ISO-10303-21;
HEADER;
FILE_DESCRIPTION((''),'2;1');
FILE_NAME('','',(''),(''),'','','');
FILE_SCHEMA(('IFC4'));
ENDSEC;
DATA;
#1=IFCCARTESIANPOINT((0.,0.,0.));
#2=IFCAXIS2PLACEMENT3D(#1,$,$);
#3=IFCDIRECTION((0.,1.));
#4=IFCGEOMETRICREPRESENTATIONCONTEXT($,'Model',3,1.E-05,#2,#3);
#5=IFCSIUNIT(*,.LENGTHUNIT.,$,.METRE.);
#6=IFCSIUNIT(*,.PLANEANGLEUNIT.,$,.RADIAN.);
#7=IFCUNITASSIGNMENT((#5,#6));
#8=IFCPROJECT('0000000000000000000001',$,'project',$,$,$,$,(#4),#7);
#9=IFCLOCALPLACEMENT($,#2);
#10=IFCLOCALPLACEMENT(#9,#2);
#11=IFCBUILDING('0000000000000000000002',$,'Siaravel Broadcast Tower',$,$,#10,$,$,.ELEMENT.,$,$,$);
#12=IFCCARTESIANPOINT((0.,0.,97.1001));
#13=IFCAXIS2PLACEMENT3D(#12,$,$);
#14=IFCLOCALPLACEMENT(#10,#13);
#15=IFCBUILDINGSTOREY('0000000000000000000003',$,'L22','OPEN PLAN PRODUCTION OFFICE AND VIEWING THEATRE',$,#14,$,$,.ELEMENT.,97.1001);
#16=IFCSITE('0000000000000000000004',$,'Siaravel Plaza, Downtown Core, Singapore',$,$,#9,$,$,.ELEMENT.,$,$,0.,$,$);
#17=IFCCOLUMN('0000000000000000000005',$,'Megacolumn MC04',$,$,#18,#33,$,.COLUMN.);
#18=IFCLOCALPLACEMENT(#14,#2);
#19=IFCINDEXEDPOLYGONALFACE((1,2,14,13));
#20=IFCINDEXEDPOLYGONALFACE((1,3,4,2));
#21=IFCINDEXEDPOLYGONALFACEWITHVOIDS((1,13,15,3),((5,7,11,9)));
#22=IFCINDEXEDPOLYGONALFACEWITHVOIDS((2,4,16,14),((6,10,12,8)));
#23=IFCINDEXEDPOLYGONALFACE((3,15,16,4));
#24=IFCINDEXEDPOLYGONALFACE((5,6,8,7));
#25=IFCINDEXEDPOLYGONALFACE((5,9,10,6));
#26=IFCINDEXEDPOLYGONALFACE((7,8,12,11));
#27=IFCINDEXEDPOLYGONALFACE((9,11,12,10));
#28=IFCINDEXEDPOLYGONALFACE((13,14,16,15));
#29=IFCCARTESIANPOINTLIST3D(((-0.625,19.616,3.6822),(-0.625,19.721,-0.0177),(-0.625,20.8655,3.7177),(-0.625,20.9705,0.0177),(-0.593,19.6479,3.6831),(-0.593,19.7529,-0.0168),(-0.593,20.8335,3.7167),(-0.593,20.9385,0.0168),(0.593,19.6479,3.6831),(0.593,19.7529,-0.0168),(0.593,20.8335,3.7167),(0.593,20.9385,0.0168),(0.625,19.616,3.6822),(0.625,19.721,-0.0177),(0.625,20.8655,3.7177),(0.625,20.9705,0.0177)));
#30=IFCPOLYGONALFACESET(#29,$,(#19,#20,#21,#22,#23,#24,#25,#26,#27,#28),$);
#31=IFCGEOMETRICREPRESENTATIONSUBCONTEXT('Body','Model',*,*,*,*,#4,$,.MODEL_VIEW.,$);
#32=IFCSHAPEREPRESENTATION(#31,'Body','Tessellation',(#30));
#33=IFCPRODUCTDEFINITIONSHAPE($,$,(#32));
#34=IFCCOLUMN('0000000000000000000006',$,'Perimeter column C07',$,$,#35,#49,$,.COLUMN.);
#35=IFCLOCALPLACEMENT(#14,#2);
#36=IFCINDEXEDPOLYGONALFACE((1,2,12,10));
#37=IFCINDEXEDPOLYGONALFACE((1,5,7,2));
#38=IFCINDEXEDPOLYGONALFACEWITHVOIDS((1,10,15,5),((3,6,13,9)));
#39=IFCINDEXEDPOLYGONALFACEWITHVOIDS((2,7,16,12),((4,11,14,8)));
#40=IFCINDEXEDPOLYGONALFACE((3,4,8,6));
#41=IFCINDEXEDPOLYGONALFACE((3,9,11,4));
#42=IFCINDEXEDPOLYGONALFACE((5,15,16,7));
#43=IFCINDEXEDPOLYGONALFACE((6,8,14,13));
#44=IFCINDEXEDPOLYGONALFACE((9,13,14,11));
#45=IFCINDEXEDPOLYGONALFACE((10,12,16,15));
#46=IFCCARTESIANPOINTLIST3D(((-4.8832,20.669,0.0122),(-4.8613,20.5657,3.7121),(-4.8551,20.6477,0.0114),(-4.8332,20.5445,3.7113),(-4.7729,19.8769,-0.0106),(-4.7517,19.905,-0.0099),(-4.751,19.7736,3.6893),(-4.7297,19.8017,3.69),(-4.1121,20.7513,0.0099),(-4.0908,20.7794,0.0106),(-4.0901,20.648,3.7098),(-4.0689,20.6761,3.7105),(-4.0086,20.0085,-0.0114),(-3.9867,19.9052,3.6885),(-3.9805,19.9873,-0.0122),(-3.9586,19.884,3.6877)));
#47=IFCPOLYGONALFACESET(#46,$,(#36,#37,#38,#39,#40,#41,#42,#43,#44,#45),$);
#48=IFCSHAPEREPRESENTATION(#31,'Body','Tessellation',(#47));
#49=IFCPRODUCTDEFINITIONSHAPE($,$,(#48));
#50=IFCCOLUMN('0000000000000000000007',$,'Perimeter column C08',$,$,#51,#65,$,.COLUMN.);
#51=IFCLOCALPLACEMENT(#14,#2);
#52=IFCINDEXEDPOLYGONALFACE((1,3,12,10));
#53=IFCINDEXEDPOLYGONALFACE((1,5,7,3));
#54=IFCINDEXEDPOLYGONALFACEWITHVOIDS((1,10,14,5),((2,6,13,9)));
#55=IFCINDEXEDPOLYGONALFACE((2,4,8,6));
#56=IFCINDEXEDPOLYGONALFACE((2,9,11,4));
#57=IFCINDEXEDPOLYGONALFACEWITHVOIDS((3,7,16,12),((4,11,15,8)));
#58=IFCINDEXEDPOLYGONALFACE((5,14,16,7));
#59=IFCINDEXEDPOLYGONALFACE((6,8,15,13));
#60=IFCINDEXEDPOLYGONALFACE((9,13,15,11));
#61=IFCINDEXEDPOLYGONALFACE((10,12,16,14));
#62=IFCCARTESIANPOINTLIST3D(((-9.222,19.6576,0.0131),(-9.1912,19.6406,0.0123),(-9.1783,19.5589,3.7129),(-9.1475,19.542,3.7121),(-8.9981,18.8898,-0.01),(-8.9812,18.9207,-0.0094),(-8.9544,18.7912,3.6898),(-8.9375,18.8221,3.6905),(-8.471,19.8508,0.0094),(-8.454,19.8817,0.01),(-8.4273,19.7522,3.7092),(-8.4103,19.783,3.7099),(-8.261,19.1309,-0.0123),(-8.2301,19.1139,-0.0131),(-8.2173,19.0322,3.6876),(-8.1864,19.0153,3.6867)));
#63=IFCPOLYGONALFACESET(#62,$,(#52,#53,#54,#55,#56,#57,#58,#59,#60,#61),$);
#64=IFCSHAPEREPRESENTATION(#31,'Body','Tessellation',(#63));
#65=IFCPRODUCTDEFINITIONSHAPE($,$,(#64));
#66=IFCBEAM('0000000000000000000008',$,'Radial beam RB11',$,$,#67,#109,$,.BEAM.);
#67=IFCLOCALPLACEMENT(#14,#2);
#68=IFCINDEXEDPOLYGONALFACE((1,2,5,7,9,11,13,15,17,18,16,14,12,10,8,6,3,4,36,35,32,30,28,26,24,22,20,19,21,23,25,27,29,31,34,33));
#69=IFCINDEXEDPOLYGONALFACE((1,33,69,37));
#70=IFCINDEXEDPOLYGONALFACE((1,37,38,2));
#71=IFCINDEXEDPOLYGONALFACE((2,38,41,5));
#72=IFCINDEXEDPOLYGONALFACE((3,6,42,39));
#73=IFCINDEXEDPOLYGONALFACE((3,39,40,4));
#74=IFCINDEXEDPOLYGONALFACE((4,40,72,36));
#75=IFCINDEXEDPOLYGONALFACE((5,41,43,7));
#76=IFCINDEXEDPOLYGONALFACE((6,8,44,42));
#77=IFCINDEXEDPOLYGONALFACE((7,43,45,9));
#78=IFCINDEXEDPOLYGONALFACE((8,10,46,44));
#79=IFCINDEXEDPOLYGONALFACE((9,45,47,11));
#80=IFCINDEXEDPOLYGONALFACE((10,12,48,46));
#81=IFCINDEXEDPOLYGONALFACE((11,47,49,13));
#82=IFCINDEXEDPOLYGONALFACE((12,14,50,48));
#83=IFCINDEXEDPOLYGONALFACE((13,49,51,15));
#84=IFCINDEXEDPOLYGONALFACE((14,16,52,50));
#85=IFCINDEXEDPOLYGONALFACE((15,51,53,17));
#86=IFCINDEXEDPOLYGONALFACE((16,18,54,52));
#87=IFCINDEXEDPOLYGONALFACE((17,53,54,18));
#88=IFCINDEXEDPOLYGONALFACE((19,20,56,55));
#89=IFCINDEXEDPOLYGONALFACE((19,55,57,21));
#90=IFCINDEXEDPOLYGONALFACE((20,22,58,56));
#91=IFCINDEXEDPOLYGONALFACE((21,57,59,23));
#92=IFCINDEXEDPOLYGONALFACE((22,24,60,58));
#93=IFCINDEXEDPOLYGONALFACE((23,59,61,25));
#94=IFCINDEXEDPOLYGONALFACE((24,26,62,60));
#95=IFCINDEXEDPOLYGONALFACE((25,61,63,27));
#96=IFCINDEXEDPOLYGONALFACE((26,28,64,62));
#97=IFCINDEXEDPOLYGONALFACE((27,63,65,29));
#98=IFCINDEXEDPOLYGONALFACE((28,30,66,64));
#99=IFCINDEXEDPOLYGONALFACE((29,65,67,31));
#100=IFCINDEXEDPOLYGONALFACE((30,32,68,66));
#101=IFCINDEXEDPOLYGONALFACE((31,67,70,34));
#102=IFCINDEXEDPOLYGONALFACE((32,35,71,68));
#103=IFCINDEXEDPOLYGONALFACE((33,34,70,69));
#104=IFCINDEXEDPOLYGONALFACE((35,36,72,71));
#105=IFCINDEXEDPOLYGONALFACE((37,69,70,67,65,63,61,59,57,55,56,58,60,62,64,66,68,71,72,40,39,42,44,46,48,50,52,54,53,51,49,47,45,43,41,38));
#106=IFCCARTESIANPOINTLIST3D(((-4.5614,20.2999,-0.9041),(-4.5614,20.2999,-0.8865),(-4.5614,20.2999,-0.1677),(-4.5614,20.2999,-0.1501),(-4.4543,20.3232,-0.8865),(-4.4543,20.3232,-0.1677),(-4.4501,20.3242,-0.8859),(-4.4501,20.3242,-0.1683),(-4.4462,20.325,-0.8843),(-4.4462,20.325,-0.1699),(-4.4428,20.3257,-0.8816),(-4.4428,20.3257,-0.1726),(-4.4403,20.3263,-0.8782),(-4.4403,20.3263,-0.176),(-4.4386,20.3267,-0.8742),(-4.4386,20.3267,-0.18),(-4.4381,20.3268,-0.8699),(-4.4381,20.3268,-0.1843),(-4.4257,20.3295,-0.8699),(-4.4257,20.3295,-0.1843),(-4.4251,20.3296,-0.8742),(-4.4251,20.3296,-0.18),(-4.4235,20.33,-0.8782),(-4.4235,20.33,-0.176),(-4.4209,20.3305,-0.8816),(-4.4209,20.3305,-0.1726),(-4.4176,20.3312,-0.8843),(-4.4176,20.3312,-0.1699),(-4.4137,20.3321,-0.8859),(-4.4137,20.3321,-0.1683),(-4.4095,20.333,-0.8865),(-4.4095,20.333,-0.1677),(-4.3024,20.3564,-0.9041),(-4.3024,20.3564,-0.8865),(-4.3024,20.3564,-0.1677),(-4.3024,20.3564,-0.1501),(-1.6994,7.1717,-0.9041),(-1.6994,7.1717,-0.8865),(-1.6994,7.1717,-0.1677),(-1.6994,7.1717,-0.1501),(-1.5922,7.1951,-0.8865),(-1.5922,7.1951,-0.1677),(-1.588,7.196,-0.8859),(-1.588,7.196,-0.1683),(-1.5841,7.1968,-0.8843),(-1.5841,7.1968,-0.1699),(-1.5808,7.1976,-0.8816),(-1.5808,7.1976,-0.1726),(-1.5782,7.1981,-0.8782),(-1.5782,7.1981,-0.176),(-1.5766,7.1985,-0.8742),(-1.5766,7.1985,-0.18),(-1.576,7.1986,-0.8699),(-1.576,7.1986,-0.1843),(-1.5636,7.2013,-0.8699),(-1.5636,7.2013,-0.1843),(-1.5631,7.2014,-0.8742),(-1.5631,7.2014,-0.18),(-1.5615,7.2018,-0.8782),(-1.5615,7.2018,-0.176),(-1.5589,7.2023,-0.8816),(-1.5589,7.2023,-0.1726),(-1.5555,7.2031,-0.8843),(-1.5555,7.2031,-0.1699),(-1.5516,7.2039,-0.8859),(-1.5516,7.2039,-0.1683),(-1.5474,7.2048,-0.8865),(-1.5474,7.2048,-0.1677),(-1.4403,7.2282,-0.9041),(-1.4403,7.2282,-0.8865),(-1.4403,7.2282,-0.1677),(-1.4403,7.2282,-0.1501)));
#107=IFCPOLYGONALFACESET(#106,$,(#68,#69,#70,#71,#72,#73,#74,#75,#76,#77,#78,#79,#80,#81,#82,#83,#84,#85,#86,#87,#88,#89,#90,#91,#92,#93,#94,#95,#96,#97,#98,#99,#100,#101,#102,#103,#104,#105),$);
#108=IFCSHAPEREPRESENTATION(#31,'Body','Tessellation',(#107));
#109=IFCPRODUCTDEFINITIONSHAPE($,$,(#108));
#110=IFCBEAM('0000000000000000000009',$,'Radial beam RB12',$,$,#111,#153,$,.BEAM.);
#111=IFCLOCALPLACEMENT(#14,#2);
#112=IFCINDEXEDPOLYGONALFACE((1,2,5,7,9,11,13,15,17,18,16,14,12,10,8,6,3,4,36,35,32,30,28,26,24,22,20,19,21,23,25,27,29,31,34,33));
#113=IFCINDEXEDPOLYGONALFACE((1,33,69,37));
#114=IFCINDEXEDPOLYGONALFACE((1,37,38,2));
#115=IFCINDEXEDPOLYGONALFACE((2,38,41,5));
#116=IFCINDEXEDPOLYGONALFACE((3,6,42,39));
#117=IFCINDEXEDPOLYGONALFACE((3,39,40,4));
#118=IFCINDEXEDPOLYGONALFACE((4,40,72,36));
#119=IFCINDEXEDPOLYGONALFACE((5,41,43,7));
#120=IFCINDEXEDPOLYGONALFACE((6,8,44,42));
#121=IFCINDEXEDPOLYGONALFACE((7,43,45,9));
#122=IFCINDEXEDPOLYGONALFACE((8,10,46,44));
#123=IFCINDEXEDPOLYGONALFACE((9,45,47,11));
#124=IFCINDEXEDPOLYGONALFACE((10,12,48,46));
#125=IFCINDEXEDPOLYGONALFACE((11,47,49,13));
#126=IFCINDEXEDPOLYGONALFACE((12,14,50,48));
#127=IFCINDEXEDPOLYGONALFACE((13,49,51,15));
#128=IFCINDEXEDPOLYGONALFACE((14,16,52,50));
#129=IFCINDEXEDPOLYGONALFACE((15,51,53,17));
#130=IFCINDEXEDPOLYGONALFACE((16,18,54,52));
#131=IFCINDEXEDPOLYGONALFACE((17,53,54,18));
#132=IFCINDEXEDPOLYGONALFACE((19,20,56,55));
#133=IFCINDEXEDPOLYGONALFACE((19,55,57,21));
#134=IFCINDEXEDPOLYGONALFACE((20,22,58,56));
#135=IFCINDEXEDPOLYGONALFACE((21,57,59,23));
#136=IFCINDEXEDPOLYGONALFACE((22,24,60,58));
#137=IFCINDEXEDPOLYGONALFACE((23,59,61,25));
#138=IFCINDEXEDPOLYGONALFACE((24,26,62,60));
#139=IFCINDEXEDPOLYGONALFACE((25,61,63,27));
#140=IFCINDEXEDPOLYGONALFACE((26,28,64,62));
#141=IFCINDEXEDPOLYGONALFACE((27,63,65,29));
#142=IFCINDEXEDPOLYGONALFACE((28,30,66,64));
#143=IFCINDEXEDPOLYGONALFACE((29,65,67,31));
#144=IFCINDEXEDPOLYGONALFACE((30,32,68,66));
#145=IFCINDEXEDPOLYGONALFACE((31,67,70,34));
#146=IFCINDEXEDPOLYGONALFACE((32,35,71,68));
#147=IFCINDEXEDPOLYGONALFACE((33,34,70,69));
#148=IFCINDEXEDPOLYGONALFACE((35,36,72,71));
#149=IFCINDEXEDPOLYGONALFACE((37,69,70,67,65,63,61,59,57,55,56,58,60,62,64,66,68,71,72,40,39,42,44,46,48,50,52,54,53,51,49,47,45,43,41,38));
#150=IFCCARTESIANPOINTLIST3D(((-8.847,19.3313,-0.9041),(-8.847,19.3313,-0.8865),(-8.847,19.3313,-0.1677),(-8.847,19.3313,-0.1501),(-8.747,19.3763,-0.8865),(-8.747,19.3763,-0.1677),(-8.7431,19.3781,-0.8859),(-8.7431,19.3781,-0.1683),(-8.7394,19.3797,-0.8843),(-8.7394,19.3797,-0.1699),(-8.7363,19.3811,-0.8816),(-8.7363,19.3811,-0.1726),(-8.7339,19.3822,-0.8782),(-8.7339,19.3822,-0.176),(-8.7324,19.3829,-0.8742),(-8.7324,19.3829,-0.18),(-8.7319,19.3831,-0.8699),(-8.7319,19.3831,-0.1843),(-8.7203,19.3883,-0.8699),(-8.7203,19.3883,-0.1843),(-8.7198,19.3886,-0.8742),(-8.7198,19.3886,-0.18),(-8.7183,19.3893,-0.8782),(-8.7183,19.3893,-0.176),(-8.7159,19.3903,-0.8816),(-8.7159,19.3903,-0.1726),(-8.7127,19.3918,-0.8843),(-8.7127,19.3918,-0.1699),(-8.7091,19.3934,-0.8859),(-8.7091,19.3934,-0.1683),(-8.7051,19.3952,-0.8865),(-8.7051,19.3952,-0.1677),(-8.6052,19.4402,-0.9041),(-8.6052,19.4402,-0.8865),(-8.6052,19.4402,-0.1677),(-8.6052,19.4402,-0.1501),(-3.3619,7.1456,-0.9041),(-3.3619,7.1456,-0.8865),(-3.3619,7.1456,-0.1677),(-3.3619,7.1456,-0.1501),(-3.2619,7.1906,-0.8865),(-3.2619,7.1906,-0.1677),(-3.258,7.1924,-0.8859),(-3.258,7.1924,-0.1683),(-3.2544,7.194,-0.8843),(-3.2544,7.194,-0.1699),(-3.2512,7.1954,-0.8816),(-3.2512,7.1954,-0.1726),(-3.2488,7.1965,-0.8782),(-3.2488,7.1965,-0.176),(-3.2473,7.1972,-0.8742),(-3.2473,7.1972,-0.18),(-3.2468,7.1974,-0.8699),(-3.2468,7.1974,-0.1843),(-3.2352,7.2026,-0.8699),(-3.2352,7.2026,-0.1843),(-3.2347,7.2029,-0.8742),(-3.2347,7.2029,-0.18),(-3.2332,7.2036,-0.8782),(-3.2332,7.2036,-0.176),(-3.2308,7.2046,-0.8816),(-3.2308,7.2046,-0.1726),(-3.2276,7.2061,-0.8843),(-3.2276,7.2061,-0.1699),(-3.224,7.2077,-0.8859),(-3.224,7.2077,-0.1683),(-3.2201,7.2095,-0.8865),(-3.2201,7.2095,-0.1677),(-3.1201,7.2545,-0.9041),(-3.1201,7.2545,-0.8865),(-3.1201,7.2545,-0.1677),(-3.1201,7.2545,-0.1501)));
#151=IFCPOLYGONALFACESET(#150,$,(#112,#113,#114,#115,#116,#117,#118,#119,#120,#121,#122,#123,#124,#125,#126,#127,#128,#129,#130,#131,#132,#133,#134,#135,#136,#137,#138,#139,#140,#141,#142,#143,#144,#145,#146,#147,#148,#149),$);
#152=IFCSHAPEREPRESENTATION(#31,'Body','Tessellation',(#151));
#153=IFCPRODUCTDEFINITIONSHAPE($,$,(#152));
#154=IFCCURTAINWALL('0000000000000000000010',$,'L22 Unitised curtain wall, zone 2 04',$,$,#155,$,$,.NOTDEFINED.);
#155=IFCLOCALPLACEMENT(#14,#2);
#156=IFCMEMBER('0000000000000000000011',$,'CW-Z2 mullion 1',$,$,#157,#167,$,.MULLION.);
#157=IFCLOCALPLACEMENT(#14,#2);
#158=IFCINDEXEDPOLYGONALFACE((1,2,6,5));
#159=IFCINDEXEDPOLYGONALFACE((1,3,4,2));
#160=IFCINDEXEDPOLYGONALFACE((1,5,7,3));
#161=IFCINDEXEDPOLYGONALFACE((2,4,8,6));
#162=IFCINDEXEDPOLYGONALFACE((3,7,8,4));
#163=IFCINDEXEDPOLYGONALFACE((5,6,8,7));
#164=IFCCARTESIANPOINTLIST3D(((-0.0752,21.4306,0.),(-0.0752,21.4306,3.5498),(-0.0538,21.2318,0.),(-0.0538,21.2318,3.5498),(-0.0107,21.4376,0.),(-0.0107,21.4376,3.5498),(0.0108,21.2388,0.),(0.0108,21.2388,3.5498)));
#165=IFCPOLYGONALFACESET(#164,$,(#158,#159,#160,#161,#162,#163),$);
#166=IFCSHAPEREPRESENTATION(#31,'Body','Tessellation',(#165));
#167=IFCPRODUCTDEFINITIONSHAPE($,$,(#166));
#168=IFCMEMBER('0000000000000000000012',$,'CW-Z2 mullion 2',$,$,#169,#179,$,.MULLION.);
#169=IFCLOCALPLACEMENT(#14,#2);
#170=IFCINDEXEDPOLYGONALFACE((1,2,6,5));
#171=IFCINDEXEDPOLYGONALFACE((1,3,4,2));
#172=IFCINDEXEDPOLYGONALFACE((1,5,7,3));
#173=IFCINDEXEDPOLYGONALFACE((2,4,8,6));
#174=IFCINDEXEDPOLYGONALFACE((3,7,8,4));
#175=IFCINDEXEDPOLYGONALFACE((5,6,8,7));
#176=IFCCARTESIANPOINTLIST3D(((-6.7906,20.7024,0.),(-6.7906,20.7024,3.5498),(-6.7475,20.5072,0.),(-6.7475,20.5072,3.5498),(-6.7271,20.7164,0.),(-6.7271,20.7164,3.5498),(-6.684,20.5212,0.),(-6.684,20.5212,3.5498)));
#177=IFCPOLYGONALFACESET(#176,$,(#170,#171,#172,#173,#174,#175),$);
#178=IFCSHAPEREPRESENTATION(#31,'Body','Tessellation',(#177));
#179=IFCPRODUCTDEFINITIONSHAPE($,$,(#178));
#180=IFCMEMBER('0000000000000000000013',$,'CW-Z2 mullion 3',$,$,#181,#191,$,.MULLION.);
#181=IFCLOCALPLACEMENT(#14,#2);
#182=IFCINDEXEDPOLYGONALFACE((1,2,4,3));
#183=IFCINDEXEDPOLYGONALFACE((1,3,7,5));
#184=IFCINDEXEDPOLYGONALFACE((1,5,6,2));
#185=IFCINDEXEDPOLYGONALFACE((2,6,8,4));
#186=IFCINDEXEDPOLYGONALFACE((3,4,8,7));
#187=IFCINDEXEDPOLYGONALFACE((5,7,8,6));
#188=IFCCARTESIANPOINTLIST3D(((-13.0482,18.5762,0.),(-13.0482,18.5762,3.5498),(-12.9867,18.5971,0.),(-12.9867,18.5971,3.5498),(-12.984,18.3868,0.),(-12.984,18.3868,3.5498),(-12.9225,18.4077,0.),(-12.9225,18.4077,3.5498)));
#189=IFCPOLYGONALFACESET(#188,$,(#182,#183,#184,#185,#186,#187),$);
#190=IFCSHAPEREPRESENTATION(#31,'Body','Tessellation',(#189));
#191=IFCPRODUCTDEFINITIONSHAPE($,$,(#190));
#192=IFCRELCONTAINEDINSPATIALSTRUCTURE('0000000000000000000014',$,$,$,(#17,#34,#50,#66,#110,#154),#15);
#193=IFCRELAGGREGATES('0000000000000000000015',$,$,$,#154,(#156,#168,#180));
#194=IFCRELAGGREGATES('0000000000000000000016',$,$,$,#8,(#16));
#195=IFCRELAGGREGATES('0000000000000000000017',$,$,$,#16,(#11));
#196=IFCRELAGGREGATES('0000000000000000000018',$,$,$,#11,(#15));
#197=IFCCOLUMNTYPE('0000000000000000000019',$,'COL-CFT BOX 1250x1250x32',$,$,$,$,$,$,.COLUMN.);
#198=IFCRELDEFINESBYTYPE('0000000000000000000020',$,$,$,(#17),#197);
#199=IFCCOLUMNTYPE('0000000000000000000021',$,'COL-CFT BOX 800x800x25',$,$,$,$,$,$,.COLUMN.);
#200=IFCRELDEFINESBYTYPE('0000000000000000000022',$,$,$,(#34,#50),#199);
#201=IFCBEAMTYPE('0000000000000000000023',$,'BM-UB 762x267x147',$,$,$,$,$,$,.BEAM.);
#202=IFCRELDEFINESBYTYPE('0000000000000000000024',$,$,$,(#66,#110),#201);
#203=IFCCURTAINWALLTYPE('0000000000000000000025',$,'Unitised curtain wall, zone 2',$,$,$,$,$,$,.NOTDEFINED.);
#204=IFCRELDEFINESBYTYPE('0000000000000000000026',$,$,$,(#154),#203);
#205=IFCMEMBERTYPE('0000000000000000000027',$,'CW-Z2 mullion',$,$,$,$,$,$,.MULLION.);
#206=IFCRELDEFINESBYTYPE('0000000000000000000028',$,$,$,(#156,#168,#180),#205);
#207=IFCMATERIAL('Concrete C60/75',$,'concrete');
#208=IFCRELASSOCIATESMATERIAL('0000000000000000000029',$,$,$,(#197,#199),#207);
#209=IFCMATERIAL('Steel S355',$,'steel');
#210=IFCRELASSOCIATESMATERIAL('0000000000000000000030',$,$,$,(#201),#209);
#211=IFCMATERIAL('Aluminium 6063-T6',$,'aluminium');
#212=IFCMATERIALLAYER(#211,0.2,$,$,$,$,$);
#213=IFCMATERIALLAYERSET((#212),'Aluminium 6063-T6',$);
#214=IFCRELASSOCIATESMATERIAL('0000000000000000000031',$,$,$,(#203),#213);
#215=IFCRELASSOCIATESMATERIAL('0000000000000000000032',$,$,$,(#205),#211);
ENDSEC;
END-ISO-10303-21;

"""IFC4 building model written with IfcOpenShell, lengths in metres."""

from ifc_helpers import new_model, si_unit, direction, frame, origin, origin_2d, place, context, subcontext, project, spatial, rectangle, hollow_rectangle, i_section, extrude, material, layer, layer_set, material_profile, profile_set, type_object, element, aggregate, save


model = new_model("IFC4")

# Units and contexts
model_context = context("Model", 3, precision=1e-05, world=origin(), true_north=direction((0.0, 1.0)))
body_context = subcontext(model_context, "Body", "Model", "MODEL_VIEW")
ifc_project = project(units=[si_unit("LENGTHUNIT", "METRE"), si_unit("PLANEANGLEUNIT", "RADIAN")], contexts=[model_context])

# Site, building, storey
site_placement = place(None, origin())
site = spatial("IfcSite", under=ifc_project, at=site_placement, Name="Siaravel Plaza, Downtown Core, Singapore", CompositionType="ELEMENT", RefElevation=0.0)
building_placement = place(site_placement, origin())
building = spatial("IfcBuilding", under=site, at=building_placement, Name="Siaravel Broadcast Tower", CompositionType="ELEMENT")
storey_placement = place(building_placement, frame((0.0, 0.0, 97.1001)))
storey = spatial("IfcBuildingStorey", under=building, at=storey_placement, Name="L22", Description="OPEN PLAN PRODUCTION OFFICE AND VIEWING THEATRE", CompositionType="ELEMENT", Elevation=97.1001)

# Columns
ifc_material_1 = material(Name="Concrete C60/75", Category="concrete")
ifc_material_profile_1 = material_profile(ifc_material_1, hollow_rectangle(XDim=1.25, YDim=1.25, WallThickness=0.032, at=origin_2d()))
ifc_profile_set_1 = profile_set([ifc_material_profile_1], Name="Concrete C60/75")
column_type_1 = type_object("IfcColumnType", Name="COL-CFT BOX 1250x1250x32", PredefinedType="COLUMN", material=ifc_profile_set_1)
column_placement = place(storey_placement, frame((0.0, 20.3457, 0.0), z_axis=(0.0, -0.028362, 0.999598), x_axis=(1.0, 0.0, 0.0)))
element("IfcColumn", 1, at=column_placement, inside=storey, type_object=column_type_1, Name="Megacolumn MC04", PredefinedType="COLUMN", context=body_context, shape_type="SweptSolid", body=[
    extrude(hollow_rectangle(XDim=1.25, YDim=1.25, WallThickness=0.032, at=origin_2d()), origin(), (0.0, 0.0, 1.0), 3.7014),
])
ifc_material_profile_2 = material_profile(ifc_material_1, hollow_rectangle(XDim=0.8, YDim=0.8, WallThickness=0.0249, at=origin_2d()))
ifc_profile_set_2 = profile_set([ifc_material_profile_2], Name="Concrete C60/75")
column_type_2 = type_object("IfcColumnType", Name="COL-CFT BOX 800x800x25", PredefinedType="COLUMN", material=ifc_profile_set_2)
for number, where, z_axis, x_axis, name in (
    (2, (-4.4319, 20.3281, 0.0), (0.005936, -0.0279, 0.999593), (0.99043, 0.138, -0.00203), "Perimeter column C07"),
    (3, (-8.7261, 19.3857, 0.0), (0.011806, -0.026647, 0.999575), (0.95996, 0.28011, -0.003871), "Perimeter column C08"),
):
    element("IfcColumn", number, at=place(storey_placement, frame(where, z_axis=z_axis, x_axis=x_axis)), inside=storey, type_object=column_type_2, Name=name, PredefinedType="COLUMN", context=body_context, shape_type="SweptSolid", body=[
        extrude(hollow_rectangle(XDim=0.8, YDim=0.8, WallThickness=0.0249, at=origin_2d()), origin(), (0.0, 0.0, 1.0), 3.7014),
    ])

# Beams
ifc_material_2 = material(Name="Steel S355", Category="steel")
ifc_material_profile_3 = material_profile(ifc_material_2, i_section(OverallWidth=0.2651, OverallDepth=0.7539, WebThickness=0.0127, FlangeThickness=0.0176, FilletRadius=0.0166, at=origin_2d()))
ifc_profile_set_3 = profile_set([ifc_material_profile_3], Name="Steel S355")
beam_type = type_object("IfcBeamType", Name="BM-UB 762x267x147", PredefinedType="BEAM", material=ifc_profile_set_3)
beam_1_placement = place(storey_placement, frame((-4.4319, 20.3281, -0.5271), z_axis=(0.213006, -0.977051, 0.0), x_axis=(0.977051, 0.213006, 0.0)))
element("IfcBeam", 4, at=beam_1_placement, inside=storey, type_object=beam_type, Name="Radial beam RB11", PredefinedType="BEAM", context=body_context, shape_type="SweptSolid", body=[
    extrude(i_section(OverallWidth=0.2651, OverallDepth=0.7539, WebThickness=0.0127, FlangeThickness=0.0176, FilletRadius=0.0166, at=origin_2d()), origin(), (0.0, 0.0, 1.0), 13.4365),
])
beam_2_placement = place(storey_placement, frame((-8.7261, 19.3857, -0.5271), z_axis=(0.410458, -0.911879, 0.0), x_axis=(0.911879, 0.410458, 0.0)))
element("IfcBeam", 5, at=beam_2_placement, inside=storey, type_object=beam_type, Name="Radial beam RB12", PredefinedType="BEAM", context=body_context, shape_type="SweptSolid", body=[
    extrude(i_section(OverallWidth=0.2651, OverallDepth=0.7539, WebThickness=0.0127, FlangeThickness=0.0176, FilletRadius=0.0166, at=origin_2d()), origin(), (0.0, 0.0, 1.0), 13.3633),
])

# Curtain wall, members
ifc_material_3 = material(Name="Aluminium 6063-T6", Category="aluminium")
ifc_layer_1 = layer(ifc_material_3, 0.2)
ifc_layer_set_1 = layer_set([ifc_layer_1], Name="Aluminium 6063-T6")
curtain_wall_type = type_object("IfcCurtainWallType", Name="Unitised curtain wall, zone 2", PredefinedType="NOTDEFINED", material=ifc_layer_set_1)
curtain_wall_placement = place(storey_placement, origin())
curtain_wall = element("IfcCurtainWall", 6, at=curtain_wall_placement, inside=storey, type_object=curtain_wall_type, Name="L22 Unitised curtain wall, zone 2 04", PredefinedType="NOTDEFINED")
ifc_material_profile_4 = material_profile(ifc_material_3, rectangle(XDim=0.2, YDim=0.0649, at=origin_2d()))
ifc_profile_set_4 = profile_set([ifc_material_profile_4], Name="Aluminium 6063-T6")
member_type_1 = type_object("IfcMemberType", Name="CW-Z2 mullion", PredefinedType="MULLION", material=ifc_profile_set_4)
member_1_placement = place(storey_placement, frame((-0.0322, 21.3347, 0.0), z_axis=(0.0, 0.0, 1.0), x_axis=(0.107217, -0.994236, 0.0)))
member_1 = element("IfcMember", 7, at=member_1_placement, type_object=member_type_1, Name="CW-Z2 mullion 1", PredefinedType="MULLION", context=body_context, shape_type="SweptSolid", body=[
    extrude(rectangle(XDim=0.2, YDim=0.0649, at=origin_2d()), origin(), (0.0, 0.0, 1.0), 3.5498),
])
member_2_placement = place(storey_placement, frame((-6.7373, 20.6118, 0.0), z_axis=(0.0, 0.0, 1.0), x_axis=(0.215558, -0.976491, 0.0)))
member_2 = element("IfcMember", 8, at=member_2_placement, type_object=member_type_1, Name="CW-Z2 mullion 2", PredefinedType="MULLION", context=body_context, shape_type="SweptSolid", body=[
    extrude(rectangle(XDim=0.2, YDim=0.0649, at=origin_2d()), origin(), (0.0, 0.0, 1.0), 3.5498),
])
member_3_placement = place(storey_placement, frame((-12.9854, 18.4919, 0.0), z_axis=(0.0, 0.0, 1.0), x_axis=(0.3213, -0.946977, 0.0)))
member_3 = element("IfcMember", 9, at=member_3_placement, type_object=member_type_1, Name="CW-Z2 mullion 3", PredefinedType="MULLION", context=body_context, shape_type="SweptSolid", body=[
    extrude(rectangle(XDim=0.2, YDim=0.0649, at=origin_2d()), origin(), (0.0, 0.0, 1.0), 3.5498),
])

aggregate(curtain_wall, [member_1, member_2, member_3])

save(model, "model.ifc")
